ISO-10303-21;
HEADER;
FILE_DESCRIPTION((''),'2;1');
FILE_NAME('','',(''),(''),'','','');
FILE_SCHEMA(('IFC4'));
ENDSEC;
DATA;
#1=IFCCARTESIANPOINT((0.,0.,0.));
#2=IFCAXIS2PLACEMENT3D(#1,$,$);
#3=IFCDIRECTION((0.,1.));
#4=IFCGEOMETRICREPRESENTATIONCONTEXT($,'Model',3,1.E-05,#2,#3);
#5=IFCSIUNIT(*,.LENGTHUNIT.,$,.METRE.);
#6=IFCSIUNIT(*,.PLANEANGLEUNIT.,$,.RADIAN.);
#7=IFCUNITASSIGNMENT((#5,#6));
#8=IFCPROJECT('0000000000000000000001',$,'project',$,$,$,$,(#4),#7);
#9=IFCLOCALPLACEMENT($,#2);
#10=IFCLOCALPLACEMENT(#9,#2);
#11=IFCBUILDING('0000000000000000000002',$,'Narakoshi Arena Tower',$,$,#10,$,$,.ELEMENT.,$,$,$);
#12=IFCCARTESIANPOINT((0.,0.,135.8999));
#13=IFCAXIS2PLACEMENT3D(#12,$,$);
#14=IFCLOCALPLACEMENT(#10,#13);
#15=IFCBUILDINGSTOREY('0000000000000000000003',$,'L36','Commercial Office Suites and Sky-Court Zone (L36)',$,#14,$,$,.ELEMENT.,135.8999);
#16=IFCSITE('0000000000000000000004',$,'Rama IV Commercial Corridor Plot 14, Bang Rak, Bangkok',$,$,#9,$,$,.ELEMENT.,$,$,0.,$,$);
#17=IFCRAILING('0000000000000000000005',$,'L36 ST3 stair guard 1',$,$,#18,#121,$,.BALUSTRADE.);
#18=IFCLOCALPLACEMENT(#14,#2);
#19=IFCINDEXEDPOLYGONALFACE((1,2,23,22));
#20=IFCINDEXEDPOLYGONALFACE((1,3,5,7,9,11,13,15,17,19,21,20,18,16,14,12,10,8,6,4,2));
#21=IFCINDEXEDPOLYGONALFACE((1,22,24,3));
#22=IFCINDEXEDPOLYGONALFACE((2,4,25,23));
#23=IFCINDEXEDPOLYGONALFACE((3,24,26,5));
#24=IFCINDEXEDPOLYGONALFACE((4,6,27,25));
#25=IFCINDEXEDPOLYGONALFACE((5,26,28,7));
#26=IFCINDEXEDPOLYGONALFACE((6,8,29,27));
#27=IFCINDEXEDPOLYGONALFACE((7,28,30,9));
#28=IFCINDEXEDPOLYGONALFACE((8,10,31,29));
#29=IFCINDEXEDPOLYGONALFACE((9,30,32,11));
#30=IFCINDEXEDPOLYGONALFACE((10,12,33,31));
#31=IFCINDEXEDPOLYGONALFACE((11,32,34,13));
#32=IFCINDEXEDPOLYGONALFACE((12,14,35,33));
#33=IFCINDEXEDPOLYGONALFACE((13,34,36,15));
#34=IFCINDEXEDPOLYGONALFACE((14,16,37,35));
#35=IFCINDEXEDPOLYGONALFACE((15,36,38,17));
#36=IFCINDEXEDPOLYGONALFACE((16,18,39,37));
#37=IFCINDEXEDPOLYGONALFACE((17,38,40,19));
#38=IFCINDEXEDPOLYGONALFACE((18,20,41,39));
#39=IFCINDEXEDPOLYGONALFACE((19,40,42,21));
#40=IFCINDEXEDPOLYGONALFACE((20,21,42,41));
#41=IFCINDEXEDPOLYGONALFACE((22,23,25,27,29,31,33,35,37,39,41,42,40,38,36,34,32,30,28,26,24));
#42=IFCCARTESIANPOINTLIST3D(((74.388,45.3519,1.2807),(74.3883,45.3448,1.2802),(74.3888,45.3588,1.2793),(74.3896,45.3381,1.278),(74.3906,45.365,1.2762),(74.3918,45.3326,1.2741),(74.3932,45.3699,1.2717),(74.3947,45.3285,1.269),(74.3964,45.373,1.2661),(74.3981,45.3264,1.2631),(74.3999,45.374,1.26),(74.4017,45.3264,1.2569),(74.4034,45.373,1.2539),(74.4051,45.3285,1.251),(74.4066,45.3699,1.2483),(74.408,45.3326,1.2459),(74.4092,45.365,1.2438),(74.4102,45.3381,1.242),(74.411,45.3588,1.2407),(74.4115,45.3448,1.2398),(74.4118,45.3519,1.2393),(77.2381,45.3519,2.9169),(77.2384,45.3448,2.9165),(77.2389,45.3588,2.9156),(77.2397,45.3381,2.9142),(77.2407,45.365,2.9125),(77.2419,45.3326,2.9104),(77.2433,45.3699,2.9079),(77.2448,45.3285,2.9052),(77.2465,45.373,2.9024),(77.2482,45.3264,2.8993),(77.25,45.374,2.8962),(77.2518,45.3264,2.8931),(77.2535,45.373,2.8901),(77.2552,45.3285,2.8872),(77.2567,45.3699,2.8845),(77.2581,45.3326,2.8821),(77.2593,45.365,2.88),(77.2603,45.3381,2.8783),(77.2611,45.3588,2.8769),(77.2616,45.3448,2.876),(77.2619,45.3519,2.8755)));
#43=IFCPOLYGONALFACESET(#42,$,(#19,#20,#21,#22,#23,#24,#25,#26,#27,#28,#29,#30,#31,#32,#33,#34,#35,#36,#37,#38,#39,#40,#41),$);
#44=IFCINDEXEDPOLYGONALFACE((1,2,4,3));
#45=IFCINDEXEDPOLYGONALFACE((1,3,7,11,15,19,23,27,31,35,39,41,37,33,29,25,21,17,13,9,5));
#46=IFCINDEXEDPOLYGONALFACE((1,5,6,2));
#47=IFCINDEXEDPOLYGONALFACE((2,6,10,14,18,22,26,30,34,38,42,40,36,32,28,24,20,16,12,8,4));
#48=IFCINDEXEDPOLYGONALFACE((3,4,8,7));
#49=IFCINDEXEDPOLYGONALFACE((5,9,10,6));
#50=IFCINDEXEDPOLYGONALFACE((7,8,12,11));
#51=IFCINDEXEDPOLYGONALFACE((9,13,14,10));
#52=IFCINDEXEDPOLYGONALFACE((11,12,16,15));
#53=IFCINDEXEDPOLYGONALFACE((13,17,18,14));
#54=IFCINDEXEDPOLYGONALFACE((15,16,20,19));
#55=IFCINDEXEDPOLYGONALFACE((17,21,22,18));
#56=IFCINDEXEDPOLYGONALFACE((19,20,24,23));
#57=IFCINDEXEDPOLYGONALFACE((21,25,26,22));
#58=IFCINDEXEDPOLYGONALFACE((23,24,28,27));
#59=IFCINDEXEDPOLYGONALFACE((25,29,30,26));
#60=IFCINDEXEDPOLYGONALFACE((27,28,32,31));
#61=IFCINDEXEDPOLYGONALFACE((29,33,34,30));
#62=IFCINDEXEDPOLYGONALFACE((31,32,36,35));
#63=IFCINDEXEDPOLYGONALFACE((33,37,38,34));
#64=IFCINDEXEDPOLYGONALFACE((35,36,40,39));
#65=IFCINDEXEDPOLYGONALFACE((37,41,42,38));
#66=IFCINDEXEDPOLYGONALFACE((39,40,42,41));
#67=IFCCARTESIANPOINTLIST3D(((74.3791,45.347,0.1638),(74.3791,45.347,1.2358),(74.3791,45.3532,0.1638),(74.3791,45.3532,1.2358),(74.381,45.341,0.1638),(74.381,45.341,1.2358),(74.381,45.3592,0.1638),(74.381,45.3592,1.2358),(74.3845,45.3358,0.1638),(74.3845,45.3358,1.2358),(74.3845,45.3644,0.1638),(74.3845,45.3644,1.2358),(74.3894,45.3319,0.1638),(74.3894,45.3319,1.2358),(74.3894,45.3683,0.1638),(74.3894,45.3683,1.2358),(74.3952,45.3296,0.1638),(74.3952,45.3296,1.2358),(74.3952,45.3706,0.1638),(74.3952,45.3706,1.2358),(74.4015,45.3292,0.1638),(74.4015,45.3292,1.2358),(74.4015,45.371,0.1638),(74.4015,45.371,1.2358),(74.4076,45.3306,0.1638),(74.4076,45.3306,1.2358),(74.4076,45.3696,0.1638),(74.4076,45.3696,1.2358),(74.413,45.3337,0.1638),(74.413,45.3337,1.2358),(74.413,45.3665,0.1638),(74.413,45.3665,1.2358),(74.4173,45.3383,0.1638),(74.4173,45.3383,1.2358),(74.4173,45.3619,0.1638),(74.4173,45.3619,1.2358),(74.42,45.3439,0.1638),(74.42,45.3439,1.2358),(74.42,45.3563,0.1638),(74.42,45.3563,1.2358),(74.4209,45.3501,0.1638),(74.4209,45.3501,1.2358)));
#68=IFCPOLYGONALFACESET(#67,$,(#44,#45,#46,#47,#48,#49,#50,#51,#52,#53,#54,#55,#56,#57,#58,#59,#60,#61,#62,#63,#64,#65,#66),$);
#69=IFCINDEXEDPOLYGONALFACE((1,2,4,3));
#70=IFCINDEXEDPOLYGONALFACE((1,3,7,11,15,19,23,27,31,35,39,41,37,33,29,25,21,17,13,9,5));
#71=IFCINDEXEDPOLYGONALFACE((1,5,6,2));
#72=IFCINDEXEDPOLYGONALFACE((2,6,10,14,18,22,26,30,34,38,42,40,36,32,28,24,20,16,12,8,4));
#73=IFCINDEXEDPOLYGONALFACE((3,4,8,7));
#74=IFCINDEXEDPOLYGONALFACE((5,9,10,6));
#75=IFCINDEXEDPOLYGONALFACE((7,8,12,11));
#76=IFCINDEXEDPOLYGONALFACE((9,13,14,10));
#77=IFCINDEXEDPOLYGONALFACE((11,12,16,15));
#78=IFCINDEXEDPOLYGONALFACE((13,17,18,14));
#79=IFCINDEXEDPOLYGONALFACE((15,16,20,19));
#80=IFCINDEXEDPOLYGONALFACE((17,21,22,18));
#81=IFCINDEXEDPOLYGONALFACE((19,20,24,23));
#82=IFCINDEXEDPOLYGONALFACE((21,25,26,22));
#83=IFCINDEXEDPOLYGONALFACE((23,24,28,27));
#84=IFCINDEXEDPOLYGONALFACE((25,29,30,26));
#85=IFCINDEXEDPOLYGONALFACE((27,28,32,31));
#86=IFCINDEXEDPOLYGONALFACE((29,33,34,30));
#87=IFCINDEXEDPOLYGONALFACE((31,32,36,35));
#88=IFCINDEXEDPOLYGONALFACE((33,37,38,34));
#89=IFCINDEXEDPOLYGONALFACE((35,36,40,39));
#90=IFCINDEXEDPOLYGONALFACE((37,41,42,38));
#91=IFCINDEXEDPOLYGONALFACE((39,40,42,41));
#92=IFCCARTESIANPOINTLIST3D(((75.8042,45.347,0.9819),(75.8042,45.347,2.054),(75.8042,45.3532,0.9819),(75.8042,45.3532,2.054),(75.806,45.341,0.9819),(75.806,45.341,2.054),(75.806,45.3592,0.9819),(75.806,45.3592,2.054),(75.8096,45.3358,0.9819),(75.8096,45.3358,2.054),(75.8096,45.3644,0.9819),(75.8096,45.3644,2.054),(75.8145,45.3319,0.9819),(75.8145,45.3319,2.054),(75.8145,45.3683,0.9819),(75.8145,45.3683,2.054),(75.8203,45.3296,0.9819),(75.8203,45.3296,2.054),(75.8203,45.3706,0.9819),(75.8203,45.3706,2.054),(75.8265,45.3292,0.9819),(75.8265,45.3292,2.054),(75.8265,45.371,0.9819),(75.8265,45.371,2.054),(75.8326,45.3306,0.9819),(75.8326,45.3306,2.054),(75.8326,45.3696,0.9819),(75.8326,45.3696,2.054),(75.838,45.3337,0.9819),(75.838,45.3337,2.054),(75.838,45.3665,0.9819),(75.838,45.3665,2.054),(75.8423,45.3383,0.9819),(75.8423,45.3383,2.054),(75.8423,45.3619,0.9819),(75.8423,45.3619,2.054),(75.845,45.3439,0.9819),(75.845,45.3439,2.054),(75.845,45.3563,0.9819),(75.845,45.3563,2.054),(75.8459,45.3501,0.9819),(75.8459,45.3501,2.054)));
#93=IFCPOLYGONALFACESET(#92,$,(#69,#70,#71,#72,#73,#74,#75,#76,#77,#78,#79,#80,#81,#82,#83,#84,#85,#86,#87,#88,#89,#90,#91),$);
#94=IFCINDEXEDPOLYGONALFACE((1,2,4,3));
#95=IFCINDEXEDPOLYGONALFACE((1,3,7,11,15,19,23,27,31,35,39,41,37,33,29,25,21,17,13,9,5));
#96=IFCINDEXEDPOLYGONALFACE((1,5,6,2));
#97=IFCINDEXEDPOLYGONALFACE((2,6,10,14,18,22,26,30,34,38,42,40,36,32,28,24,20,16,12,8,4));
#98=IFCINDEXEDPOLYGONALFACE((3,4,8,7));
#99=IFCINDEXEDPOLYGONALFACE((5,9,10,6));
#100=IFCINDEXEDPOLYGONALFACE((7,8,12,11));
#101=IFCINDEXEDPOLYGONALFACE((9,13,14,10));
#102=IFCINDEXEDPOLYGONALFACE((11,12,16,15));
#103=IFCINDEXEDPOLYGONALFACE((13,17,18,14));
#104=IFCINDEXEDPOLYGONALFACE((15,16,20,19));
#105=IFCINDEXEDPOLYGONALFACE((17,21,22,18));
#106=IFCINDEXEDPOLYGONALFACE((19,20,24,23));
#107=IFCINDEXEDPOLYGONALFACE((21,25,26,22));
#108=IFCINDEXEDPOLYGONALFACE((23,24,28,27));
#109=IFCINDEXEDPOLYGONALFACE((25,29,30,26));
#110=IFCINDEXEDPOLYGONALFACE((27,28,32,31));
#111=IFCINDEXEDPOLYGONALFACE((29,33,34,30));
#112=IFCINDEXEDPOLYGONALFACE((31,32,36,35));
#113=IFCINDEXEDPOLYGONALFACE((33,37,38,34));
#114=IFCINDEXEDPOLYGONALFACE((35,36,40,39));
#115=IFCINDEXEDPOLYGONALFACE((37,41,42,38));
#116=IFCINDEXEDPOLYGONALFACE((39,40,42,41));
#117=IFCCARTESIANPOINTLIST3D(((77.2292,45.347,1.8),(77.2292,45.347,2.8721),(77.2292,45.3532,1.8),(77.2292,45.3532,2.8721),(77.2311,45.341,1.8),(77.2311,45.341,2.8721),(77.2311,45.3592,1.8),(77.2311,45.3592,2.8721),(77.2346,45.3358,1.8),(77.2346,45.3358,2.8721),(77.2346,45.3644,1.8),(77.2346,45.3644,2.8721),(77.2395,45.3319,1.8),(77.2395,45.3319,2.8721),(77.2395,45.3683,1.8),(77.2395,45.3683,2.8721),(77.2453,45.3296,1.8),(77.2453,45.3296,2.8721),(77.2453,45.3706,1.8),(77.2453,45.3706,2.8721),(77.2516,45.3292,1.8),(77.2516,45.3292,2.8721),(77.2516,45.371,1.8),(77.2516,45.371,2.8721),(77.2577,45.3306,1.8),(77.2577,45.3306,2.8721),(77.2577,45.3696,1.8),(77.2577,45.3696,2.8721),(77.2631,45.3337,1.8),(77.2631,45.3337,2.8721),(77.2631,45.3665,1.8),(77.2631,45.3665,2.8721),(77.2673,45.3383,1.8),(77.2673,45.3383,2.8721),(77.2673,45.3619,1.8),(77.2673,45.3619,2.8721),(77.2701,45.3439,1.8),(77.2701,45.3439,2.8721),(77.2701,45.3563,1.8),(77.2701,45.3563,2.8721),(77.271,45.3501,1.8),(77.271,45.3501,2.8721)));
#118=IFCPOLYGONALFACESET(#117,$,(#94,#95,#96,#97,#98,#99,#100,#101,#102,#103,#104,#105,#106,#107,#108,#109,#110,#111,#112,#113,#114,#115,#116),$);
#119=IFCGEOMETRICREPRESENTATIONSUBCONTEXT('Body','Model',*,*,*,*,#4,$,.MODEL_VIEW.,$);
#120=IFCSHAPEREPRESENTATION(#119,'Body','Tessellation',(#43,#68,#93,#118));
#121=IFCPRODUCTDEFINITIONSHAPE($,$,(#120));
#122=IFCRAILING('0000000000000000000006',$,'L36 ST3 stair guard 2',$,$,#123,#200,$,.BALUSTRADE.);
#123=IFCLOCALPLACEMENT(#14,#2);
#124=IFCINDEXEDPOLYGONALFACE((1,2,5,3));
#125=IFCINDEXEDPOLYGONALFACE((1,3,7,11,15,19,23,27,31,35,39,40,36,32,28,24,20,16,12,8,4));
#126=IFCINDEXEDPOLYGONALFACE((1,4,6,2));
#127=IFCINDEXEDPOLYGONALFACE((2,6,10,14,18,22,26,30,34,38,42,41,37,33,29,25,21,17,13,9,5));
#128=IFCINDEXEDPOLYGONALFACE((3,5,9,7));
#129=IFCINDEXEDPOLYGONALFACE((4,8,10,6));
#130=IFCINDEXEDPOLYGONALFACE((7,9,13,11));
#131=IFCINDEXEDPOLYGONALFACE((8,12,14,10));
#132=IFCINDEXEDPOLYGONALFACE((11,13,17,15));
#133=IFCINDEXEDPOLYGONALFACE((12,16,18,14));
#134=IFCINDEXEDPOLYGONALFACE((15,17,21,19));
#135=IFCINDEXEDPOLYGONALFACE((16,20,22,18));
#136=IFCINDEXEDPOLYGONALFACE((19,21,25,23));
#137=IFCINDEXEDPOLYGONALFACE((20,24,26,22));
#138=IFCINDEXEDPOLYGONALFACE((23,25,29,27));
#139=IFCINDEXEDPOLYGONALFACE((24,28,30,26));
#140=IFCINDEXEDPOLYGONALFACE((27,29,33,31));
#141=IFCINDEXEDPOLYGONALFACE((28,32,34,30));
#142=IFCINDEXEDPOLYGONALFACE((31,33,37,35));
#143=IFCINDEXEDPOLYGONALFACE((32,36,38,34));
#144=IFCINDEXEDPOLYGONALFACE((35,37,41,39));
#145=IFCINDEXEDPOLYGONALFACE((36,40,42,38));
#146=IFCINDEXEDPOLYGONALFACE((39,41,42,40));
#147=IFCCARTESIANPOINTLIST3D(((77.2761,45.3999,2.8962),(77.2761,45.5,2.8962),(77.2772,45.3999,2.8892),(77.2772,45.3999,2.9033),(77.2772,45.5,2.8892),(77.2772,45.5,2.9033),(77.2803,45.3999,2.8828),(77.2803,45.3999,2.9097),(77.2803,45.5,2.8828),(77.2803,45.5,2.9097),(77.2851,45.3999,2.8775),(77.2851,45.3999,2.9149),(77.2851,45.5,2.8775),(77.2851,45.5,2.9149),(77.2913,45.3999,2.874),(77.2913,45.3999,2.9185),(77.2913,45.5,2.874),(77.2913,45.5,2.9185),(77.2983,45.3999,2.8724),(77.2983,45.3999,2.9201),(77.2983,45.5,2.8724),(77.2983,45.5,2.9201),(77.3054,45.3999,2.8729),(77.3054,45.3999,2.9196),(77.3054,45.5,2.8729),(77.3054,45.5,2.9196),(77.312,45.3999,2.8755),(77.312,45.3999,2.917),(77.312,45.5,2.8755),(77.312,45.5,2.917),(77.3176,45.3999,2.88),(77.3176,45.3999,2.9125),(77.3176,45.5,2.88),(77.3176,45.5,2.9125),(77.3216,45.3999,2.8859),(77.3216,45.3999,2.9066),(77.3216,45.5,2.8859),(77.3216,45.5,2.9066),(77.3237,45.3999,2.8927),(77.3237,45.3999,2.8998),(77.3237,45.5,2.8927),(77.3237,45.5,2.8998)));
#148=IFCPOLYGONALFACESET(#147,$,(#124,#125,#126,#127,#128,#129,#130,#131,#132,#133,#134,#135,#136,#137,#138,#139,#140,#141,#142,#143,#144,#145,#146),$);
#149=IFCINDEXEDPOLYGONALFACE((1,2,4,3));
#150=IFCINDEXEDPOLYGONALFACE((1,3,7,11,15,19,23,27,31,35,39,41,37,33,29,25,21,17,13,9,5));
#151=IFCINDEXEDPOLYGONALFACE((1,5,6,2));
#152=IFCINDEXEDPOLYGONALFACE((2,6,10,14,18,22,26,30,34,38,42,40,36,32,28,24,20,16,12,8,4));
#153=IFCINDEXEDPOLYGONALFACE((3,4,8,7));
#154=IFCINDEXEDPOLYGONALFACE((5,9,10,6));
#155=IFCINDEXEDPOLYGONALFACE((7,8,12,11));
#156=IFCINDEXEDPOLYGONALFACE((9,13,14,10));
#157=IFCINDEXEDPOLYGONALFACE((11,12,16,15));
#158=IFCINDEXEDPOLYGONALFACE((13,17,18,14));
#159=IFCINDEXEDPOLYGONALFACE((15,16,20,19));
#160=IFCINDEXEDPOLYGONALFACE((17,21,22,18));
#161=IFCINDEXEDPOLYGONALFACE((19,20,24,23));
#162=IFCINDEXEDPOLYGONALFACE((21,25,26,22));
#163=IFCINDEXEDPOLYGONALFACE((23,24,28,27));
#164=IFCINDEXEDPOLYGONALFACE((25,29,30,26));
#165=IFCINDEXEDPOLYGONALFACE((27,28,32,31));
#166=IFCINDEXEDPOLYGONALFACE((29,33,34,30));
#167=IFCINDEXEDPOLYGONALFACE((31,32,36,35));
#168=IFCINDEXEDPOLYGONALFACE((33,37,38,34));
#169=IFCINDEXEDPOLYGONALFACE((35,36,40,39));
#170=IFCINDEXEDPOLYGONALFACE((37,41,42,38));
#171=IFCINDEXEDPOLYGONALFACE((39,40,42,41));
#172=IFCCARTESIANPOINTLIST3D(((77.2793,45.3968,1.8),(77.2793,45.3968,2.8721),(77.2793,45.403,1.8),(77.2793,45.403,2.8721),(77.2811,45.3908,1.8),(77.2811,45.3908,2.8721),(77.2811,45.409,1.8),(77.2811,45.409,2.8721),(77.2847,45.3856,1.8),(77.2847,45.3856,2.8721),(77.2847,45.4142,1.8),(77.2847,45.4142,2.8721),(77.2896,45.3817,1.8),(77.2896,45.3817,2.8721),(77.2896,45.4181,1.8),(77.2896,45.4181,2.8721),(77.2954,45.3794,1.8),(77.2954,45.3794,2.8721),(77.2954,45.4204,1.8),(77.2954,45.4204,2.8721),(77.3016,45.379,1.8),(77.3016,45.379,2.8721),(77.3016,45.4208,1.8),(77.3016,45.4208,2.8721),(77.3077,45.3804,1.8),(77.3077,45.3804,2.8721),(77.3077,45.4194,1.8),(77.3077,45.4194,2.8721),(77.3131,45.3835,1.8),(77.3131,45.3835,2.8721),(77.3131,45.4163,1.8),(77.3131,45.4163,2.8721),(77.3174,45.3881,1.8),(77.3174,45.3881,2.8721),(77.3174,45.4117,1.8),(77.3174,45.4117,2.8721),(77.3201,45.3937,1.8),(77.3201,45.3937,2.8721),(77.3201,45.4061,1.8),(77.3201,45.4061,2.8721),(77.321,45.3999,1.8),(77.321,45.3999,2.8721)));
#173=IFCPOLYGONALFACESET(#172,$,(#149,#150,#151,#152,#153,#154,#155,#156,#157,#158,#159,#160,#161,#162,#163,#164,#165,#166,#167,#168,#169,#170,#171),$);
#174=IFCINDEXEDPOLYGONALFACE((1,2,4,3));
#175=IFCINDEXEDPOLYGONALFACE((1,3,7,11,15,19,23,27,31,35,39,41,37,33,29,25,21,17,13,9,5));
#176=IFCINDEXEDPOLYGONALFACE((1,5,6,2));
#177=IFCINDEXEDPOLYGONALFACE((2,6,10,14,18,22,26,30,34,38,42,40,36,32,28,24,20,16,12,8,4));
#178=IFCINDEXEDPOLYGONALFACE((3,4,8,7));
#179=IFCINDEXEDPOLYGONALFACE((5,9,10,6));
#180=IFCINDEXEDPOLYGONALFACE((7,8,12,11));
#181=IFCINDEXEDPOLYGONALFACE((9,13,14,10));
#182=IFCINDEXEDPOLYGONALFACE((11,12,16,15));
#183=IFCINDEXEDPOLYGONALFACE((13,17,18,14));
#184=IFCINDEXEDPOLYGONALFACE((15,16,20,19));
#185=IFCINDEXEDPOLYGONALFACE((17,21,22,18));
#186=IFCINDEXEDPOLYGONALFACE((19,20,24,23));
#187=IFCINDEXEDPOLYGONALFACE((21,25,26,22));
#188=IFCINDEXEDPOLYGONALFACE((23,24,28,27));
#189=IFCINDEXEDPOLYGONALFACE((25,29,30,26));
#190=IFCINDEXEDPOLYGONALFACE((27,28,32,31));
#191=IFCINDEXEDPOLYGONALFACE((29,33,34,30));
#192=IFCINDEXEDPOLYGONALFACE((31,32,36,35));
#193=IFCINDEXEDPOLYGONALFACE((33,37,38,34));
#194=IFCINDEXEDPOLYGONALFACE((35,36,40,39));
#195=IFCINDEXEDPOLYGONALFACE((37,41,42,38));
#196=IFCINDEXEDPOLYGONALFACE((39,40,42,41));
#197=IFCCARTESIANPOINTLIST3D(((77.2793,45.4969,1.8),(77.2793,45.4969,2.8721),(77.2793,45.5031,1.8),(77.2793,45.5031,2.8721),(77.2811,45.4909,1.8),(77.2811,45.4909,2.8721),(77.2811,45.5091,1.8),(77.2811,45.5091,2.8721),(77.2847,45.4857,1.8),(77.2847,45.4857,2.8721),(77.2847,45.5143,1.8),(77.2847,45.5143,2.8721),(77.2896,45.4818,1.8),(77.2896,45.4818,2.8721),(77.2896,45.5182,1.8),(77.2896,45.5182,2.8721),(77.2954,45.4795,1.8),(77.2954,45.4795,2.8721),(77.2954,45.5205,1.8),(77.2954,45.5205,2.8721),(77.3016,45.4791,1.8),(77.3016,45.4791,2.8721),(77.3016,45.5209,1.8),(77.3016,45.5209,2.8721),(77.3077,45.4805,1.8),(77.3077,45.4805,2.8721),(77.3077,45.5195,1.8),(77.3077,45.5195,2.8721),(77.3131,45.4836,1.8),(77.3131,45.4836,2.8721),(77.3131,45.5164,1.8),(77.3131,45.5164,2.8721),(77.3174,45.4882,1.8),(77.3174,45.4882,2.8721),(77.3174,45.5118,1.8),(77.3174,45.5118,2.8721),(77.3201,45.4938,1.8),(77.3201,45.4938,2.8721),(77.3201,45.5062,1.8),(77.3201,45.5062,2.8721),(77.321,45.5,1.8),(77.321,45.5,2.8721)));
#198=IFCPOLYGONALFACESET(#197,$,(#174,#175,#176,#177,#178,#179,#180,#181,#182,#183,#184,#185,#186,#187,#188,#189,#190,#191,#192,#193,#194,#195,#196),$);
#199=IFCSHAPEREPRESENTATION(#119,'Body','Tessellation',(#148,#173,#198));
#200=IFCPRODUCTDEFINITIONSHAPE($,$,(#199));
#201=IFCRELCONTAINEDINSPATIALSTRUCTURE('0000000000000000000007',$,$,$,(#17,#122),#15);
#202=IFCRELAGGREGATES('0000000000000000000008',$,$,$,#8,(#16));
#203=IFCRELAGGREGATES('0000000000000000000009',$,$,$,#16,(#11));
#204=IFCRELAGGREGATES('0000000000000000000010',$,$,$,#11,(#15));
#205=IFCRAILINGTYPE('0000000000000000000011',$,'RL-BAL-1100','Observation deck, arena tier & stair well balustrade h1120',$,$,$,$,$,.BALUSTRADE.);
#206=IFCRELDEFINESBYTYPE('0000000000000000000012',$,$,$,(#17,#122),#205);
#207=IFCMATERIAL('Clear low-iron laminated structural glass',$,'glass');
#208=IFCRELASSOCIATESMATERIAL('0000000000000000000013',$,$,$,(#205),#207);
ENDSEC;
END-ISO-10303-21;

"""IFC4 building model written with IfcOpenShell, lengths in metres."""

from ifc_helpers import new_model, si_unit, direction, frame, origin, origin_2d, place, context, subcontext, project, spatial, circle, extrude, material, type_object, element, save


model = new_model("IFC4")

# Units and contexts
model_context = context("Model", 3, precision=1e-05, world=origin(), true_north=direction((0.0, 1.0)))
body_context = subcontext(model_context, "Body", "Model", "MODEL_VIEW")
ifc_project = project(units=[si_unit("LENGTHUNIT", "METRE"), si_unit("PLANEANGLEUNIT", "RADIAN")], contexts=[model_context])

# Site, building, storey
site_placement = place(None, origin())
site = spatial("IfcSite", under=ifc_project, at=site_placement, Name="Rama IV Commercial Corridor Plot 14, Bang Rak, Bangkok", CompositionType="ELEMENT", RefElevation=0.0)
building_placement = place(site_placement, origin())
building = spatial("IfcBuilding", under=site, at=building_placement, Name="Narakoshi Arena Tower", CompositionType="ELEMENT")
storey_placement = place(building_placement, frame((0.0, 0.0, 135.8999)))
storey = spatial("IfcBuildingStorey", under=building, at=storey_placement, Name="L36", Description="Commercial Office Suites and Sky-Court Zone (L36)", CompositionType="ELEMENT", Elevation=135.8999)

# Railings
ifc_material_1 = material(Name="Clear low-iron laminated structural glass", Category="glass")
railing_type_1 = type_object("IfcRailingType", Name="RL-BAL-1100", Description="Observation deck, arena tier & stair well balustrade h1120", PredefinedType="BALUSTRADE", material=ifc_material_1)
railing_1_placement = place(storey_placement, frame((74.3999, 45.3501, 0.1638)))
element("IfcRailing", 1, at=railing_1_placement, inside=storey, type_object=railing_type_1, Name="L36 ST3 stair guard 1", PredefinedType="BALUSTRADE", context=body_context, shape_type="SweptSolid", body=[
    extrude(circle(Radius=0.0239, at=origin_2d()), frame((0.0, 0.0, 1.0962), z_axis=(0.867245, 0.0, 0.497882), x_axis=(0.0, 1.0, 0.0)), (0.0, 0.0, 1.0), 3.2864),
    extrude(circle(Radius=0.021, at=origin_2d()), origin(), (0.0, 0.0, 1.0), 1.072),
    extrude(circle(Radius=0.021, at=origin_2d()), frame((1.425, 0.0, 0.8181)), (0.0, 0.0, 1.0), 1.072),
    extrude(circle(Radius=0.021, at=origin_2d()), frame((2.8501, 0.0, 1.6362)), (0.0, 0.0, 1.0), 1.072),
])
railing_2_placement = place(storey_placement, frame((77.3, 45.3999, 1.8)))
element("IfcRailing", 2, at=railing_2_placement, inside=storey, type_object=railing_type_1, Name="L36 ST3 stair guard 2", PredefinedType="BALUSTRADE", context=body_context, shape_type="SweptSolid", body=[
    extrude(circle(Radius=0.0239, at=origin_2d()), frame((0.0, 0.0, 1.0962), z_axis=(0.0, 1.0, 0.0), x_axis=(-1.0, 0.0, 0.0)), (0.0, 0.0, 1.0), 0.1001),
    extrude(circle(Radius=0.021, at=origin_2d()), origin(), (0.0, 0.0, 1.0), 1.072),
    extrude(circle(Radius=0.021, at=origin_2d()), frame((0.0, 0.1001, 0.0)), (0.0, 0.0, 1.0), 1.072),
])

save(model, "model.ifc")
